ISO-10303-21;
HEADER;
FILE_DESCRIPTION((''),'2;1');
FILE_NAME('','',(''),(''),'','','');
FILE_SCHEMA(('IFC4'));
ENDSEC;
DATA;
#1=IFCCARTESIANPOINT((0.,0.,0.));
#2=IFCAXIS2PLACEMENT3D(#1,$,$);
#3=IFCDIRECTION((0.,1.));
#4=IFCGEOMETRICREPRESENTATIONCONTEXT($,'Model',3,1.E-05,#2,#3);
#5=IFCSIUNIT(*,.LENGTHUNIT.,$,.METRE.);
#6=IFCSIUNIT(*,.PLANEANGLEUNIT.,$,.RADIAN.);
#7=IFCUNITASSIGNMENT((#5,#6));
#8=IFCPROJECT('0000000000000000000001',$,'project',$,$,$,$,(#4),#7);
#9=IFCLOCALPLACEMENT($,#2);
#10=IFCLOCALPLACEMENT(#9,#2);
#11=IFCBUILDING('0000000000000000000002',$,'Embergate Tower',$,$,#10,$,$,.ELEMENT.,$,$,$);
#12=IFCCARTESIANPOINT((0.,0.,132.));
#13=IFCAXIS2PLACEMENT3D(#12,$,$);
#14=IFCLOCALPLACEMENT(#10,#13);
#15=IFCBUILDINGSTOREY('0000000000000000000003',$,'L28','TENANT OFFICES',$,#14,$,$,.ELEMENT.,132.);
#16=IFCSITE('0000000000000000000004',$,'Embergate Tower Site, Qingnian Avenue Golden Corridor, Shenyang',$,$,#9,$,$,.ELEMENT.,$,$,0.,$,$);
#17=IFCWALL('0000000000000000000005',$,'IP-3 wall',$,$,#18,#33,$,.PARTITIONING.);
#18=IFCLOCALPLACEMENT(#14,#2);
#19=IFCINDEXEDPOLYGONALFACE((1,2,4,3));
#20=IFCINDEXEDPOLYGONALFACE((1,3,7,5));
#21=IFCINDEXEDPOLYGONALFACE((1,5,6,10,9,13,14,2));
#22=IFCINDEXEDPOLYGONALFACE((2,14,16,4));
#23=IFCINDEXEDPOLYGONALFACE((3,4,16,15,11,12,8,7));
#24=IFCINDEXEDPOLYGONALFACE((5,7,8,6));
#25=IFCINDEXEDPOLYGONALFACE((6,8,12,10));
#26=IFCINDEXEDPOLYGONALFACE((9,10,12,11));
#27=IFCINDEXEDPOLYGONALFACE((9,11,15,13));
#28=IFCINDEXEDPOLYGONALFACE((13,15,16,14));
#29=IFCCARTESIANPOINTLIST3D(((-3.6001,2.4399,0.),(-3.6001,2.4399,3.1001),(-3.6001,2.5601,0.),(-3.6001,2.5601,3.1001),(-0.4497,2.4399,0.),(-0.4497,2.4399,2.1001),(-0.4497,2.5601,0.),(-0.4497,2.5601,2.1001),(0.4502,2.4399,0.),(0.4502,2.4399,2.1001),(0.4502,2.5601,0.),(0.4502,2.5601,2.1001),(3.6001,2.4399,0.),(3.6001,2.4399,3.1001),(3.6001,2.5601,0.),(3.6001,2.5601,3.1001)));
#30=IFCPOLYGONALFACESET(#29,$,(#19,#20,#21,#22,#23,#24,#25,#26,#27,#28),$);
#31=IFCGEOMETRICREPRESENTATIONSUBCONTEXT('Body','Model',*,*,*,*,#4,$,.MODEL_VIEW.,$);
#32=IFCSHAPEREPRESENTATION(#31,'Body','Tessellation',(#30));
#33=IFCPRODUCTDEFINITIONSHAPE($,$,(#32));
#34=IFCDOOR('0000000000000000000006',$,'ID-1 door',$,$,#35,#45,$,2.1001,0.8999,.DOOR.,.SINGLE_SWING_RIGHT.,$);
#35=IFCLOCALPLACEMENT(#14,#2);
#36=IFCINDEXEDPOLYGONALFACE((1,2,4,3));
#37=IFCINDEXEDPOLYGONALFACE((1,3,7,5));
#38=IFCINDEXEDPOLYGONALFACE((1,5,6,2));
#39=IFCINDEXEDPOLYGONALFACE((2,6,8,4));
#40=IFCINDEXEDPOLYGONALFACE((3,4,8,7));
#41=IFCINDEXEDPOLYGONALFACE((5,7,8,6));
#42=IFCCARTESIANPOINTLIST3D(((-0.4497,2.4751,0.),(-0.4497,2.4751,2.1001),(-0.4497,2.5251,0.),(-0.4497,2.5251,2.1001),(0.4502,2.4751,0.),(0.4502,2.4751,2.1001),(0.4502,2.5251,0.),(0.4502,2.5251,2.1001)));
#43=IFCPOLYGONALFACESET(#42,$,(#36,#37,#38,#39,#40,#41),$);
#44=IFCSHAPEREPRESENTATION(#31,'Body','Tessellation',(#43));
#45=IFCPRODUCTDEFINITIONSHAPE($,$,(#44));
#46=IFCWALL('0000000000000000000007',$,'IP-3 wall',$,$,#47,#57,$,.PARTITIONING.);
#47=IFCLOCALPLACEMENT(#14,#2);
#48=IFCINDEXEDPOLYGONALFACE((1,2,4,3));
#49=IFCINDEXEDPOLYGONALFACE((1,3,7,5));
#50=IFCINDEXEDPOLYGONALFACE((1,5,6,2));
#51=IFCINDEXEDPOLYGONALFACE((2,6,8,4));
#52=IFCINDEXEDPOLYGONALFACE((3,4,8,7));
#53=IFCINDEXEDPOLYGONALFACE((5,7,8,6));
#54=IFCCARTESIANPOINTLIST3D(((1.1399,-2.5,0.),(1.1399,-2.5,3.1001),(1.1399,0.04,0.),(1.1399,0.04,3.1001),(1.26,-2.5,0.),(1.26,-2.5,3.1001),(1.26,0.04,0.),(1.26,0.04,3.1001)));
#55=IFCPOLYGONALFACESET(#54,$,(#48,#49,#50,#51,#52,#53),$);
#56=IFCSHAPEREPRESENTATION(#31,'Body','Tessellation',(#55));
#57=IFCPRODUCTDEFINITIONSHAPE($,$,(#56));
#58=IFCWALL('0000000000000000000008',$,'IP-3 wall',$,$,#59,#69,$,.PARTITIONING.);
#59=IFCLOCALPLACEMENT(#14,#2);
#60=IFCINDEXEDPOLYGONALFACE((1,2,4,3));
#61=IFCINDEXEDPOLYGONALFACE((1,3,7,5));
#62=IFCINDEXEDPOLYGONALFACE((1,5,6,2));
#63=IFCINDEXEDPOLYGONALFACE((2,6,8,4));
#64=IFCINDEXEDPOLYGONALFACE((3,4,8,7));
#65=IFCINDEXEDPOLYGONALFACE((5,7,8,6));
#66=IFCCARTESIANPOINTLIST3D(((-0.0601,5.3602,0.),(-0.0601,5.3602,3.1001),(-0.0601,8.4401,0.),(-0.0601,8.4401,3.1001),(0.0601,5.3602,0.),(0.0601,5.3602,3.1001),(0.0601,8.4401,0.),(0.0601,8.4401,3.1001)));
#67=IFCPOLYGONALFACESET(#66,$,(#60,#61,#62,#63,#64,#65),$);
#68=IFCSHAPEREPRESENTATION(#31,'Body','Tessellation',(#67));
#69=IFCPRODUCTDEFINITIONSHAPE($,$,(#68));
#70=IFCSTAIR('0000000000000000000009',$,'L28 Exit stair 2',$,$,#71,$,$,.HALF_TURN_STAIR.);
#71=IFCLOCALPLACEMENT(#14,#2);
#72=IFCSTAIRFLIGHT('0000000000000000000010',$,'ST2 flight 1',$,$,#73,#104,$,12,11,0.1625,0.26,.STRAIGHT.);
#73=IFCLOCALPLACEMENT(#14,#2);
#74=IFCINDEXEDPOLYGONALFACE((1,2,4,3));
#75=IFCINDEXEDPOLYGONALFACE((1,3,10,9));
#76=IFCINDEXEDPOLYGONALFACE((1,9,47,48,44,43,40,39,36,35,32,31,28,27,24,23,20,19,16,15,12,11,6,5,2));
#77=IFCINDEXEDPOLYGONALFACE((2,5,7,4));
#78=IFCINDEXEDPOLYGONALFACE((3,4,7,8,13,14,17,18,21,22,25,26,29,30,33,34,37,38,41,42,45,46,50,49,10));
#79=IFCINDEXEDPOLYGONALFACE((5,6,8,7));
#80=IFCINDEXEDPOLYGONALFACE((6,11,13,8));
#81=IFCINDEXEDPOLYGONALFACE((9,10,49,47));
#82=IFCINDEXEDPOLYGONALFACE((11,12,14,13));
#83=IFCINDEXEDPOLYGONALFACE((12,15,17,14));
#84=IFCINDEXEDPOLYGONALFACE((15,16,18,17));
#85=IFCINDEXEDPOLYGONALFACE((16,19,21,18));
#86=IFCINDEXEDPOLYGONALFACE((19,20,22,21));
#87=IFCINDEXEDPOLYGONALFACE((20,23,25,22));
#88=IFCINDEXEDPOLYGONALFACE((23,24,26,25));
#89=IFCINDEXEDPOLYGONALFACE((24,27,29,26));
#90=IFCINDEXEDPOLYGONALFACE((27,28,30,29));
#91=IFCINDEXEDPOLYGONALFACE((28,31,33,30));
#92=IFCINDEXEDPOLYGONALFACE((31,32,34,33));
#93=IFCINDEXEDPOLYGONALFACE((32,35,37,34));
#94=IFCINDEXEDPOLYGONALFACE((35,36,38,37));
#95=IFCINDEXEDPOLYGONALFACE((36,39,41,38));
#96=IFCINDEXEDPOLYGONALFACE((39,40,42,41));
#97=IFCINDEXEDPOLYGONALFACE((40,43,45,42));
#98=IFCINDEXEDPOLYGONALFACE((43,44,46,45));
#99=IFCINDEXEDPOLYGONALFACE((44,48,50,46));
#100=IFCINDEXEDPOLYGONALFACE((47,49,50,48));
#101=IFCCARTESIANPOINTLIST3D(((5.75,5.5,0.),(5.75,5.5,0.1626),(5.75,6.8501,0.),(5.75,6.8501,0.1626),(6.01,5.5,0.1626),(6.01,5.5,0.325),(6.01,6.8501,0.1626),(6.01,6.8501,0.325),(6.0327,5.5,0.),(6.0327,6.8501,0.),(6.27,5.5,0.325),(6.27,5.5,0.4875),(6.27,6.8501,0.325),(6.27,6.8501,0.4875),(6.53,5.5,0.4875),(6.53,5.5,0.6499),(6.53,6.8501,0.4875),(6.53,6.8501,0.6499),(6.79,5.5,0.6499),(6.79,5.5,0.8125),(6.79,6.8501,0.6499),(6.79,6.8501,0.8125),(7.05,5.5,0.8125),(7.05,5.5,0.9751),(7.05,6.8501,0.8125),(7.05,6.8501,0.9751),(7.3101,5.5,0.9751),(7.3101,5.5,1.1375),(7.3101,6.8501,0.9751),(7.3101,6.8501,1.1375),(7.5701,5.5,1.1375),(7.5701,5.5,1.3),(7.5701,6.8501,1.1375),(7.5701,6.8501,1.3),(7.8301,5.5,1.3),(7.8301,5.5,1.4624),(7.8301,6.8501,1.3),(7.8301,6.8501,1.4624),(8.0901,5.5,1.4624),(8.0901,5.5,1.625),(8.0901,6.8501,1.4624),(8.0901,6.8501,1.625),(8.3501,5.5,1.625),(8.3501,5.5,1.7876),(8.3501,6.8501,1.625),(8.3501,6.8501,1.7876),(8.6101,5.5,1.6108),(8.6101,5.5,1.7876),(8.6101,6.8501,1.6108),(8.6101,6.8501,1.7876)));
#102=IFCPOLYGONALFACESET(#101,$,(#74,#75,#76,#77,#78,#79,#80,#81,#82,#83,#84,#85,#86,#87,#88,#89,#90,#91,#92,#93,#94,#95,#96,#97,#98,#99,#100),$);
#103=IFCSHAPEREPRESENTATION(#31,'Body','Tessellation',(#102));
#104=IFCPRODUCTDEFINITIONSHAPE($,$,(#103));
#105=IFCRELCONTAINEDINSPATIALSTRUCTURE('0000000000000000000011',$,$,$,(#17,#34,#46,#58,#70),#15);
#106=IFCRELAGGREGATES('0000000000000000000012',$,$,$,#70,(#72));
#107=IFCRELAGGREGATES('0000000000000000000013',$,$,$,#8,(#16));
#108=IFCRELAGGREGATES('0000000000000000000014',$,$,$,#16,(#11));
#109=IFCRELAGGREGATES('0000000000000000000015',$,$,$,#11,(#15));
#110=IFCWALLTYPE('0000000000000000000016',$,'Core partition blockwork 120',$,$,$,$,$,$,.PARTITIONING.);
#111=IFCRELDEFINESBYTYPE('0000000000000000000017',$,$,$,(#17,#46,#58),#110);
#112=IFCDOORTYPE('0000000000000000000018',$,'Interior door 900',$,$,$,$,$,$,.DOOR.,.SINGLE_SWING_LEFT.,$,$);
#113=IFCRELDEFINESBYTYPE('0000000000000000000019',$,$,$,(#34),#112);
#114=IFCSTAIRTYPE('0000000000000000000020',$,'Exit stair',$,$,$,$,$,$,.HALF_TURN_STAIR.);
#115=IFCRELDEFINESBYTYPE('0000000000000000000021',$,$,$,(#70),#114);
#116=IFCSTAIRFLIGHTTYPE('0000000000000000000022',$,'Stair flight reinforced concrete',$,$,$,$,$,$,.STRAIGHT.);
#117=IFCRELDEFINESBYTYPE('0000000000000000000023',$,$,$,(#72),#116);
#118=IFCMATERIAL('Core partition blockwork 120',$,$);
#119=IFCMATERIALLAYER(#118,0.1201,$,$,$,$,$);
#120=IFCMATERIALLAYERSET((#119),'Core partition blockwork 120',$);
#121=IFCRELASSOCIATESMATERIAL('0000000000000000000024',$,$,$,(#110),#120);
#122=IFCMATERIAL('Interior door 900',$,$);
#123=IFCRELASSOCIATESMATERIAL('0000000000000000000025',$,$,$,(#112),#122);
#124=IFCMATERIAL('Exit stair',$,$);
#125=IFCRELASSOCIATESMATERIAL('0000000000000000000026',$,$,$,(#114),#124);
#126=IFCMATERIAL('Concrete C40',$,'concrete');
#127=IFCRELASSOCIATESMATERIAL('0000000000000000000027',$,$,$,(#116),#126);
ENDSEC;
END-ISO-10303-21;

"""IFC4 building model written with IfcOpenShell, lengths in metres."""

from ifc_helpers import new_model, si_unit, direction, frame, frame_2d, origin, place, context, subcontext, project, spatial, polyline, rectangle, outline, extrude, source, transform, mapped, material, layer, layer_set, type_object, element, fill, aggregate, save


model = new_model("IFC4")

# Units and contexts
model_context = context("Model", 3, precision=1e-05, world=origin(), true_north=direction((0.0, 1.0)))
body_context = subcontext(model_context, "Body", "Model", "MODEL_VIEW")
ifc_project = project(units=[si_unit("LENGTHUNIT", "METRE"), si_unit("PLANEANGLEUNIT", "RADIAN")], contexts=[model_context])

# Site, building, storey
site_placement = place(None, origin())
site = spatial("IfcSite", under=ifc_project, at=site_placement, Name="Embergate Tower Site, Qingnian Avenue Golden Corridor, Shenyang", CompositionType="ELEMENT", RefElevation=0.0)
building_placement = place(site_placement, origin())
building = spatial("IfcBuilding", under=site, at=building_placement, Name="Embergate Tower", CompositionType="ELEMENT")
storey_placement = place(building_placement, frame((0.0, 0.0, 132.0)))
storey = spatial("IfcBuildingStorey", under=building, at=storey_placement, Name="L28", Description="TENANT OFFICES", CompositionType="ELEMENT", Elevation=132.0)

# Shared definitions
ifc_material_1 = material(Name="Core partition blockwork 120")
ifc_layer_1 = layer(ifc_material_1, 0.1201)
ifc_layer_set_1 = layer_set([ifc_layer_1], Name="Core partition blockwork 120")
wall_type_1 = type_object("IfcWallType", Name="Core partition blockwork 120", PredefinedType="PARTITIONING", material=ifc_layer_set_1)

# Shared definitions
shared_shape_1 = source(origin(), body_context, "Body", "SweptSolid", [
    extrude(rectangle(XDim=0.8999, YDim=2.1001, at=frame_2d((0.45, 1.05))), frame((0.0, 0.0701, 0.0), z_axis=(0.0, -1.0, 0.0), x_axis=(1.0, 0.0, 0.0)), (0.0, 0.0, 1.0), 0.1401),
])
ifc_material_2 = material(Name="Interior door 900")
door_type_1 = type_object("IfcDoorType", Name="Interior door 900", OperationType="SINGLE_SWING_LEFT", PredefinedType="DOOR", material=ifc_material_2)
shared_shape_2 = source(origin(), body_context, "Body", "SweptSolid", [
    extrude(rectangle(XDim=0.8999, YDim=2.1001, at=frame_2d((0.45, 1.05))), frame((0.0, 0.0249, 0.0), z_axis=(0.0, -1.0, 0.0), x_axis=(1.0, 0.0, 0.0)), (0.0, 0.0, 1.0), 0.05),
])

# Wall, opening, door
shared_shape_3 = source(origin(), body_context, "Body", "SweptSolid", [
    extrude(rectangle(XDim=7.2002, YDim=0.1201, at=frame_2d((3.6001, 0.0))), origin(), (0.0, 0.0, 1.0), 3.1001),
])
wall_1_placement = place(storey_placement, frame((3.6001, 2.5, 0.0), z_axis=(0.0, 0.0, 1.0), x_axis=(-1.0, 0.0, 0.0)))
wall_1 = element("IfcWall", 1, at=wall_1_placement, inside=storey, type_object=wall_type_1, Name="IP-3 wall", PredefinedType="PARTITIONING", context=body_context, shape_type="MappedRepresentation", body=[
    mapped(shared_shape_3, transform((0.0, 0.0, 0.0))),
])
opening_1_placement = place(wall_1_placement, frame((3.1499, 0.0, 0.0)))
opening_1 = element("IfcOpeningElement", 2, at=opening_1_placement, cuts=wall_1, PredefinedType="OPENING", context=body_context, shape_type="MappedRepresentation", body=[
    mapped(shared_shape_1, transform((0.0, 0.0, 0.0))),
])
door_1_placement = place(opening_1_placement, origin())
door_1 = element("IfcDoor", 3, at=door_1_placement, inside=storey, type_object=door_type_1, Name="ID-1 door", OperationType="SINGLE_SWING_RIGHT", OverallHeight=2.1001, OverallWidth=0.8999, PredefinedType="DOOR", context=body_context, shape_type="MappedRepresentation", body=[
    mapped(shared_shape_2, transform((0.0, 0.0, 0.0))),
])
fill(opening_1, door_1)

# Walls
shared_shape_4 = source(origin(), body_context, "Body", "SweptSolid", [
    extrude(rectangle(XDim=2.54, YDim=0.1201, at=frame_2d((1.27, 0.0))), origin(), (0.0, 0.0, 1.0), 3.1001),
])
wall_2_placement = place(storey_placement, frame((1.2, 0.04, 0.0), z_axis=(0.0, 0.0, 1.0), x_axis=(0.0, -1.0, 0.0)))
element("IfcWall", 4, at=wall_2_placement, inside=storey, type_object=wall_type_1, Name="IP-3 wall", PredefinedType="PARTITIONING", context=body_context, shape_type="MappedRepresentation", body=[
    mapped(shared_shape_4, transform((0.0, 0.0, 0.0))),
])
shared_shape_5 = source(origin(), body_context, "Body", "SweptSolid", [
    extrude(rectangle(XDim=3.0798, YDim=0.1201, at=frame_2d((1.54, 0.0))), origin(), (0.0, 0.0, 1.0), 3.1001),
])
wall_3_placement = place(storey_placement, frame((0.0, 5.3601, 0.0), z_axis=(0.0, 0.0, 1.0), x_axis=(0.0, 1.0, 0.0)))
element("IfcWall", 5, at=wall_3_placement, inside=storey, type_object=wall_type_1, Name="IP-3 wall", PredefinedType="PARTITIONING", context=body_context, shape_type="MappedRepresentation", body=[
    mapped(shared_shape_5, transform((0.0, 0.0, 0.0))),
])

# Stair, stair flight
ifc_material_3 = material(Name="Exit stair")
stair_type = type_object("IfcStairType", Name="Exit stair", PredefinedType="HALF_TURN_STAIR", material=ifc_material_3)
stair_placement = place(storey_placement, origin())
stair = element("IfcStair", 6, at=stair_placement, inside=storey, type_object=stair_type, Name="L28 Exit stair 2", PredefinedType="HALF_TURN_STAIR")
ifc_material_4 = material(Name="Concrete C40", Category="concrete")
stair_flight_type = type_object("IfcStairFlightType", Name="Stair flight reinforced concrete", PredefinedType="STRAIGHT", material=ifc_material_4)
shared_shape_6 = source(origin(), body_context, "Body", "SweptSolid", [
    extrude(outline(polyline([(0.0, 0.0), (0.0, 0.1626), (0.26, 0.1626), (0.26, 0.325), (0.52, 0.325), (0.52, 0.4875), (0.78, 0.4875), (0.78, 0.6499), (1.04, 0.6499), (1.04, 0.8125), (1.3, 0.8125), (1.3, 0.9751), (1.5601, 0.9751), (1.5601, 1.1375), (1.8201, 1.1375), (1.8201, 1.3), (2.0801, 1.3), (2.0801, 1.4624), (2.3401, 1.4624), (2.3401, 1.625), (2.6001, 1.625), (2.6001, 1.7876), (2.8601, 1.7876), (2.8601, 1.95), (2.8601, 1.6108), (0.2827, 0.0), (0.0, 0.0)])), frame((0.0, 0.675, 0.0), z_axis=(0.0, -1.0, 0.0), x_axis=(1.0, 0.0, 0.0)), (0.0, 0.0, 1.0), 1.3501),
])
stair_flight_placement = place(storey_placement, frame((5.75, 6.175, 0.0), z_axis=(0.0, 0.0, 1.0), x_axis=(1.0, 0.0, 0.0)))
stair_flight = element("IfcStairFlight", 7, at=stair_flight_placement, type_object=stair_flight_type, Name="ST2 flight 1", NumberOfRisers=12, NumberOfTreads=11, PredefinedType="STRAIGHT", RiserHeight=0.1625, TreadLength=0.26, context=body_context, shape_type="MappedRepresentation", body=[
    mapped(shared_shape_6, transform((0.0, 0.0, 0.0))),
])
aggregate(stair, [stair_flight])

save(model, "model.ifc")
